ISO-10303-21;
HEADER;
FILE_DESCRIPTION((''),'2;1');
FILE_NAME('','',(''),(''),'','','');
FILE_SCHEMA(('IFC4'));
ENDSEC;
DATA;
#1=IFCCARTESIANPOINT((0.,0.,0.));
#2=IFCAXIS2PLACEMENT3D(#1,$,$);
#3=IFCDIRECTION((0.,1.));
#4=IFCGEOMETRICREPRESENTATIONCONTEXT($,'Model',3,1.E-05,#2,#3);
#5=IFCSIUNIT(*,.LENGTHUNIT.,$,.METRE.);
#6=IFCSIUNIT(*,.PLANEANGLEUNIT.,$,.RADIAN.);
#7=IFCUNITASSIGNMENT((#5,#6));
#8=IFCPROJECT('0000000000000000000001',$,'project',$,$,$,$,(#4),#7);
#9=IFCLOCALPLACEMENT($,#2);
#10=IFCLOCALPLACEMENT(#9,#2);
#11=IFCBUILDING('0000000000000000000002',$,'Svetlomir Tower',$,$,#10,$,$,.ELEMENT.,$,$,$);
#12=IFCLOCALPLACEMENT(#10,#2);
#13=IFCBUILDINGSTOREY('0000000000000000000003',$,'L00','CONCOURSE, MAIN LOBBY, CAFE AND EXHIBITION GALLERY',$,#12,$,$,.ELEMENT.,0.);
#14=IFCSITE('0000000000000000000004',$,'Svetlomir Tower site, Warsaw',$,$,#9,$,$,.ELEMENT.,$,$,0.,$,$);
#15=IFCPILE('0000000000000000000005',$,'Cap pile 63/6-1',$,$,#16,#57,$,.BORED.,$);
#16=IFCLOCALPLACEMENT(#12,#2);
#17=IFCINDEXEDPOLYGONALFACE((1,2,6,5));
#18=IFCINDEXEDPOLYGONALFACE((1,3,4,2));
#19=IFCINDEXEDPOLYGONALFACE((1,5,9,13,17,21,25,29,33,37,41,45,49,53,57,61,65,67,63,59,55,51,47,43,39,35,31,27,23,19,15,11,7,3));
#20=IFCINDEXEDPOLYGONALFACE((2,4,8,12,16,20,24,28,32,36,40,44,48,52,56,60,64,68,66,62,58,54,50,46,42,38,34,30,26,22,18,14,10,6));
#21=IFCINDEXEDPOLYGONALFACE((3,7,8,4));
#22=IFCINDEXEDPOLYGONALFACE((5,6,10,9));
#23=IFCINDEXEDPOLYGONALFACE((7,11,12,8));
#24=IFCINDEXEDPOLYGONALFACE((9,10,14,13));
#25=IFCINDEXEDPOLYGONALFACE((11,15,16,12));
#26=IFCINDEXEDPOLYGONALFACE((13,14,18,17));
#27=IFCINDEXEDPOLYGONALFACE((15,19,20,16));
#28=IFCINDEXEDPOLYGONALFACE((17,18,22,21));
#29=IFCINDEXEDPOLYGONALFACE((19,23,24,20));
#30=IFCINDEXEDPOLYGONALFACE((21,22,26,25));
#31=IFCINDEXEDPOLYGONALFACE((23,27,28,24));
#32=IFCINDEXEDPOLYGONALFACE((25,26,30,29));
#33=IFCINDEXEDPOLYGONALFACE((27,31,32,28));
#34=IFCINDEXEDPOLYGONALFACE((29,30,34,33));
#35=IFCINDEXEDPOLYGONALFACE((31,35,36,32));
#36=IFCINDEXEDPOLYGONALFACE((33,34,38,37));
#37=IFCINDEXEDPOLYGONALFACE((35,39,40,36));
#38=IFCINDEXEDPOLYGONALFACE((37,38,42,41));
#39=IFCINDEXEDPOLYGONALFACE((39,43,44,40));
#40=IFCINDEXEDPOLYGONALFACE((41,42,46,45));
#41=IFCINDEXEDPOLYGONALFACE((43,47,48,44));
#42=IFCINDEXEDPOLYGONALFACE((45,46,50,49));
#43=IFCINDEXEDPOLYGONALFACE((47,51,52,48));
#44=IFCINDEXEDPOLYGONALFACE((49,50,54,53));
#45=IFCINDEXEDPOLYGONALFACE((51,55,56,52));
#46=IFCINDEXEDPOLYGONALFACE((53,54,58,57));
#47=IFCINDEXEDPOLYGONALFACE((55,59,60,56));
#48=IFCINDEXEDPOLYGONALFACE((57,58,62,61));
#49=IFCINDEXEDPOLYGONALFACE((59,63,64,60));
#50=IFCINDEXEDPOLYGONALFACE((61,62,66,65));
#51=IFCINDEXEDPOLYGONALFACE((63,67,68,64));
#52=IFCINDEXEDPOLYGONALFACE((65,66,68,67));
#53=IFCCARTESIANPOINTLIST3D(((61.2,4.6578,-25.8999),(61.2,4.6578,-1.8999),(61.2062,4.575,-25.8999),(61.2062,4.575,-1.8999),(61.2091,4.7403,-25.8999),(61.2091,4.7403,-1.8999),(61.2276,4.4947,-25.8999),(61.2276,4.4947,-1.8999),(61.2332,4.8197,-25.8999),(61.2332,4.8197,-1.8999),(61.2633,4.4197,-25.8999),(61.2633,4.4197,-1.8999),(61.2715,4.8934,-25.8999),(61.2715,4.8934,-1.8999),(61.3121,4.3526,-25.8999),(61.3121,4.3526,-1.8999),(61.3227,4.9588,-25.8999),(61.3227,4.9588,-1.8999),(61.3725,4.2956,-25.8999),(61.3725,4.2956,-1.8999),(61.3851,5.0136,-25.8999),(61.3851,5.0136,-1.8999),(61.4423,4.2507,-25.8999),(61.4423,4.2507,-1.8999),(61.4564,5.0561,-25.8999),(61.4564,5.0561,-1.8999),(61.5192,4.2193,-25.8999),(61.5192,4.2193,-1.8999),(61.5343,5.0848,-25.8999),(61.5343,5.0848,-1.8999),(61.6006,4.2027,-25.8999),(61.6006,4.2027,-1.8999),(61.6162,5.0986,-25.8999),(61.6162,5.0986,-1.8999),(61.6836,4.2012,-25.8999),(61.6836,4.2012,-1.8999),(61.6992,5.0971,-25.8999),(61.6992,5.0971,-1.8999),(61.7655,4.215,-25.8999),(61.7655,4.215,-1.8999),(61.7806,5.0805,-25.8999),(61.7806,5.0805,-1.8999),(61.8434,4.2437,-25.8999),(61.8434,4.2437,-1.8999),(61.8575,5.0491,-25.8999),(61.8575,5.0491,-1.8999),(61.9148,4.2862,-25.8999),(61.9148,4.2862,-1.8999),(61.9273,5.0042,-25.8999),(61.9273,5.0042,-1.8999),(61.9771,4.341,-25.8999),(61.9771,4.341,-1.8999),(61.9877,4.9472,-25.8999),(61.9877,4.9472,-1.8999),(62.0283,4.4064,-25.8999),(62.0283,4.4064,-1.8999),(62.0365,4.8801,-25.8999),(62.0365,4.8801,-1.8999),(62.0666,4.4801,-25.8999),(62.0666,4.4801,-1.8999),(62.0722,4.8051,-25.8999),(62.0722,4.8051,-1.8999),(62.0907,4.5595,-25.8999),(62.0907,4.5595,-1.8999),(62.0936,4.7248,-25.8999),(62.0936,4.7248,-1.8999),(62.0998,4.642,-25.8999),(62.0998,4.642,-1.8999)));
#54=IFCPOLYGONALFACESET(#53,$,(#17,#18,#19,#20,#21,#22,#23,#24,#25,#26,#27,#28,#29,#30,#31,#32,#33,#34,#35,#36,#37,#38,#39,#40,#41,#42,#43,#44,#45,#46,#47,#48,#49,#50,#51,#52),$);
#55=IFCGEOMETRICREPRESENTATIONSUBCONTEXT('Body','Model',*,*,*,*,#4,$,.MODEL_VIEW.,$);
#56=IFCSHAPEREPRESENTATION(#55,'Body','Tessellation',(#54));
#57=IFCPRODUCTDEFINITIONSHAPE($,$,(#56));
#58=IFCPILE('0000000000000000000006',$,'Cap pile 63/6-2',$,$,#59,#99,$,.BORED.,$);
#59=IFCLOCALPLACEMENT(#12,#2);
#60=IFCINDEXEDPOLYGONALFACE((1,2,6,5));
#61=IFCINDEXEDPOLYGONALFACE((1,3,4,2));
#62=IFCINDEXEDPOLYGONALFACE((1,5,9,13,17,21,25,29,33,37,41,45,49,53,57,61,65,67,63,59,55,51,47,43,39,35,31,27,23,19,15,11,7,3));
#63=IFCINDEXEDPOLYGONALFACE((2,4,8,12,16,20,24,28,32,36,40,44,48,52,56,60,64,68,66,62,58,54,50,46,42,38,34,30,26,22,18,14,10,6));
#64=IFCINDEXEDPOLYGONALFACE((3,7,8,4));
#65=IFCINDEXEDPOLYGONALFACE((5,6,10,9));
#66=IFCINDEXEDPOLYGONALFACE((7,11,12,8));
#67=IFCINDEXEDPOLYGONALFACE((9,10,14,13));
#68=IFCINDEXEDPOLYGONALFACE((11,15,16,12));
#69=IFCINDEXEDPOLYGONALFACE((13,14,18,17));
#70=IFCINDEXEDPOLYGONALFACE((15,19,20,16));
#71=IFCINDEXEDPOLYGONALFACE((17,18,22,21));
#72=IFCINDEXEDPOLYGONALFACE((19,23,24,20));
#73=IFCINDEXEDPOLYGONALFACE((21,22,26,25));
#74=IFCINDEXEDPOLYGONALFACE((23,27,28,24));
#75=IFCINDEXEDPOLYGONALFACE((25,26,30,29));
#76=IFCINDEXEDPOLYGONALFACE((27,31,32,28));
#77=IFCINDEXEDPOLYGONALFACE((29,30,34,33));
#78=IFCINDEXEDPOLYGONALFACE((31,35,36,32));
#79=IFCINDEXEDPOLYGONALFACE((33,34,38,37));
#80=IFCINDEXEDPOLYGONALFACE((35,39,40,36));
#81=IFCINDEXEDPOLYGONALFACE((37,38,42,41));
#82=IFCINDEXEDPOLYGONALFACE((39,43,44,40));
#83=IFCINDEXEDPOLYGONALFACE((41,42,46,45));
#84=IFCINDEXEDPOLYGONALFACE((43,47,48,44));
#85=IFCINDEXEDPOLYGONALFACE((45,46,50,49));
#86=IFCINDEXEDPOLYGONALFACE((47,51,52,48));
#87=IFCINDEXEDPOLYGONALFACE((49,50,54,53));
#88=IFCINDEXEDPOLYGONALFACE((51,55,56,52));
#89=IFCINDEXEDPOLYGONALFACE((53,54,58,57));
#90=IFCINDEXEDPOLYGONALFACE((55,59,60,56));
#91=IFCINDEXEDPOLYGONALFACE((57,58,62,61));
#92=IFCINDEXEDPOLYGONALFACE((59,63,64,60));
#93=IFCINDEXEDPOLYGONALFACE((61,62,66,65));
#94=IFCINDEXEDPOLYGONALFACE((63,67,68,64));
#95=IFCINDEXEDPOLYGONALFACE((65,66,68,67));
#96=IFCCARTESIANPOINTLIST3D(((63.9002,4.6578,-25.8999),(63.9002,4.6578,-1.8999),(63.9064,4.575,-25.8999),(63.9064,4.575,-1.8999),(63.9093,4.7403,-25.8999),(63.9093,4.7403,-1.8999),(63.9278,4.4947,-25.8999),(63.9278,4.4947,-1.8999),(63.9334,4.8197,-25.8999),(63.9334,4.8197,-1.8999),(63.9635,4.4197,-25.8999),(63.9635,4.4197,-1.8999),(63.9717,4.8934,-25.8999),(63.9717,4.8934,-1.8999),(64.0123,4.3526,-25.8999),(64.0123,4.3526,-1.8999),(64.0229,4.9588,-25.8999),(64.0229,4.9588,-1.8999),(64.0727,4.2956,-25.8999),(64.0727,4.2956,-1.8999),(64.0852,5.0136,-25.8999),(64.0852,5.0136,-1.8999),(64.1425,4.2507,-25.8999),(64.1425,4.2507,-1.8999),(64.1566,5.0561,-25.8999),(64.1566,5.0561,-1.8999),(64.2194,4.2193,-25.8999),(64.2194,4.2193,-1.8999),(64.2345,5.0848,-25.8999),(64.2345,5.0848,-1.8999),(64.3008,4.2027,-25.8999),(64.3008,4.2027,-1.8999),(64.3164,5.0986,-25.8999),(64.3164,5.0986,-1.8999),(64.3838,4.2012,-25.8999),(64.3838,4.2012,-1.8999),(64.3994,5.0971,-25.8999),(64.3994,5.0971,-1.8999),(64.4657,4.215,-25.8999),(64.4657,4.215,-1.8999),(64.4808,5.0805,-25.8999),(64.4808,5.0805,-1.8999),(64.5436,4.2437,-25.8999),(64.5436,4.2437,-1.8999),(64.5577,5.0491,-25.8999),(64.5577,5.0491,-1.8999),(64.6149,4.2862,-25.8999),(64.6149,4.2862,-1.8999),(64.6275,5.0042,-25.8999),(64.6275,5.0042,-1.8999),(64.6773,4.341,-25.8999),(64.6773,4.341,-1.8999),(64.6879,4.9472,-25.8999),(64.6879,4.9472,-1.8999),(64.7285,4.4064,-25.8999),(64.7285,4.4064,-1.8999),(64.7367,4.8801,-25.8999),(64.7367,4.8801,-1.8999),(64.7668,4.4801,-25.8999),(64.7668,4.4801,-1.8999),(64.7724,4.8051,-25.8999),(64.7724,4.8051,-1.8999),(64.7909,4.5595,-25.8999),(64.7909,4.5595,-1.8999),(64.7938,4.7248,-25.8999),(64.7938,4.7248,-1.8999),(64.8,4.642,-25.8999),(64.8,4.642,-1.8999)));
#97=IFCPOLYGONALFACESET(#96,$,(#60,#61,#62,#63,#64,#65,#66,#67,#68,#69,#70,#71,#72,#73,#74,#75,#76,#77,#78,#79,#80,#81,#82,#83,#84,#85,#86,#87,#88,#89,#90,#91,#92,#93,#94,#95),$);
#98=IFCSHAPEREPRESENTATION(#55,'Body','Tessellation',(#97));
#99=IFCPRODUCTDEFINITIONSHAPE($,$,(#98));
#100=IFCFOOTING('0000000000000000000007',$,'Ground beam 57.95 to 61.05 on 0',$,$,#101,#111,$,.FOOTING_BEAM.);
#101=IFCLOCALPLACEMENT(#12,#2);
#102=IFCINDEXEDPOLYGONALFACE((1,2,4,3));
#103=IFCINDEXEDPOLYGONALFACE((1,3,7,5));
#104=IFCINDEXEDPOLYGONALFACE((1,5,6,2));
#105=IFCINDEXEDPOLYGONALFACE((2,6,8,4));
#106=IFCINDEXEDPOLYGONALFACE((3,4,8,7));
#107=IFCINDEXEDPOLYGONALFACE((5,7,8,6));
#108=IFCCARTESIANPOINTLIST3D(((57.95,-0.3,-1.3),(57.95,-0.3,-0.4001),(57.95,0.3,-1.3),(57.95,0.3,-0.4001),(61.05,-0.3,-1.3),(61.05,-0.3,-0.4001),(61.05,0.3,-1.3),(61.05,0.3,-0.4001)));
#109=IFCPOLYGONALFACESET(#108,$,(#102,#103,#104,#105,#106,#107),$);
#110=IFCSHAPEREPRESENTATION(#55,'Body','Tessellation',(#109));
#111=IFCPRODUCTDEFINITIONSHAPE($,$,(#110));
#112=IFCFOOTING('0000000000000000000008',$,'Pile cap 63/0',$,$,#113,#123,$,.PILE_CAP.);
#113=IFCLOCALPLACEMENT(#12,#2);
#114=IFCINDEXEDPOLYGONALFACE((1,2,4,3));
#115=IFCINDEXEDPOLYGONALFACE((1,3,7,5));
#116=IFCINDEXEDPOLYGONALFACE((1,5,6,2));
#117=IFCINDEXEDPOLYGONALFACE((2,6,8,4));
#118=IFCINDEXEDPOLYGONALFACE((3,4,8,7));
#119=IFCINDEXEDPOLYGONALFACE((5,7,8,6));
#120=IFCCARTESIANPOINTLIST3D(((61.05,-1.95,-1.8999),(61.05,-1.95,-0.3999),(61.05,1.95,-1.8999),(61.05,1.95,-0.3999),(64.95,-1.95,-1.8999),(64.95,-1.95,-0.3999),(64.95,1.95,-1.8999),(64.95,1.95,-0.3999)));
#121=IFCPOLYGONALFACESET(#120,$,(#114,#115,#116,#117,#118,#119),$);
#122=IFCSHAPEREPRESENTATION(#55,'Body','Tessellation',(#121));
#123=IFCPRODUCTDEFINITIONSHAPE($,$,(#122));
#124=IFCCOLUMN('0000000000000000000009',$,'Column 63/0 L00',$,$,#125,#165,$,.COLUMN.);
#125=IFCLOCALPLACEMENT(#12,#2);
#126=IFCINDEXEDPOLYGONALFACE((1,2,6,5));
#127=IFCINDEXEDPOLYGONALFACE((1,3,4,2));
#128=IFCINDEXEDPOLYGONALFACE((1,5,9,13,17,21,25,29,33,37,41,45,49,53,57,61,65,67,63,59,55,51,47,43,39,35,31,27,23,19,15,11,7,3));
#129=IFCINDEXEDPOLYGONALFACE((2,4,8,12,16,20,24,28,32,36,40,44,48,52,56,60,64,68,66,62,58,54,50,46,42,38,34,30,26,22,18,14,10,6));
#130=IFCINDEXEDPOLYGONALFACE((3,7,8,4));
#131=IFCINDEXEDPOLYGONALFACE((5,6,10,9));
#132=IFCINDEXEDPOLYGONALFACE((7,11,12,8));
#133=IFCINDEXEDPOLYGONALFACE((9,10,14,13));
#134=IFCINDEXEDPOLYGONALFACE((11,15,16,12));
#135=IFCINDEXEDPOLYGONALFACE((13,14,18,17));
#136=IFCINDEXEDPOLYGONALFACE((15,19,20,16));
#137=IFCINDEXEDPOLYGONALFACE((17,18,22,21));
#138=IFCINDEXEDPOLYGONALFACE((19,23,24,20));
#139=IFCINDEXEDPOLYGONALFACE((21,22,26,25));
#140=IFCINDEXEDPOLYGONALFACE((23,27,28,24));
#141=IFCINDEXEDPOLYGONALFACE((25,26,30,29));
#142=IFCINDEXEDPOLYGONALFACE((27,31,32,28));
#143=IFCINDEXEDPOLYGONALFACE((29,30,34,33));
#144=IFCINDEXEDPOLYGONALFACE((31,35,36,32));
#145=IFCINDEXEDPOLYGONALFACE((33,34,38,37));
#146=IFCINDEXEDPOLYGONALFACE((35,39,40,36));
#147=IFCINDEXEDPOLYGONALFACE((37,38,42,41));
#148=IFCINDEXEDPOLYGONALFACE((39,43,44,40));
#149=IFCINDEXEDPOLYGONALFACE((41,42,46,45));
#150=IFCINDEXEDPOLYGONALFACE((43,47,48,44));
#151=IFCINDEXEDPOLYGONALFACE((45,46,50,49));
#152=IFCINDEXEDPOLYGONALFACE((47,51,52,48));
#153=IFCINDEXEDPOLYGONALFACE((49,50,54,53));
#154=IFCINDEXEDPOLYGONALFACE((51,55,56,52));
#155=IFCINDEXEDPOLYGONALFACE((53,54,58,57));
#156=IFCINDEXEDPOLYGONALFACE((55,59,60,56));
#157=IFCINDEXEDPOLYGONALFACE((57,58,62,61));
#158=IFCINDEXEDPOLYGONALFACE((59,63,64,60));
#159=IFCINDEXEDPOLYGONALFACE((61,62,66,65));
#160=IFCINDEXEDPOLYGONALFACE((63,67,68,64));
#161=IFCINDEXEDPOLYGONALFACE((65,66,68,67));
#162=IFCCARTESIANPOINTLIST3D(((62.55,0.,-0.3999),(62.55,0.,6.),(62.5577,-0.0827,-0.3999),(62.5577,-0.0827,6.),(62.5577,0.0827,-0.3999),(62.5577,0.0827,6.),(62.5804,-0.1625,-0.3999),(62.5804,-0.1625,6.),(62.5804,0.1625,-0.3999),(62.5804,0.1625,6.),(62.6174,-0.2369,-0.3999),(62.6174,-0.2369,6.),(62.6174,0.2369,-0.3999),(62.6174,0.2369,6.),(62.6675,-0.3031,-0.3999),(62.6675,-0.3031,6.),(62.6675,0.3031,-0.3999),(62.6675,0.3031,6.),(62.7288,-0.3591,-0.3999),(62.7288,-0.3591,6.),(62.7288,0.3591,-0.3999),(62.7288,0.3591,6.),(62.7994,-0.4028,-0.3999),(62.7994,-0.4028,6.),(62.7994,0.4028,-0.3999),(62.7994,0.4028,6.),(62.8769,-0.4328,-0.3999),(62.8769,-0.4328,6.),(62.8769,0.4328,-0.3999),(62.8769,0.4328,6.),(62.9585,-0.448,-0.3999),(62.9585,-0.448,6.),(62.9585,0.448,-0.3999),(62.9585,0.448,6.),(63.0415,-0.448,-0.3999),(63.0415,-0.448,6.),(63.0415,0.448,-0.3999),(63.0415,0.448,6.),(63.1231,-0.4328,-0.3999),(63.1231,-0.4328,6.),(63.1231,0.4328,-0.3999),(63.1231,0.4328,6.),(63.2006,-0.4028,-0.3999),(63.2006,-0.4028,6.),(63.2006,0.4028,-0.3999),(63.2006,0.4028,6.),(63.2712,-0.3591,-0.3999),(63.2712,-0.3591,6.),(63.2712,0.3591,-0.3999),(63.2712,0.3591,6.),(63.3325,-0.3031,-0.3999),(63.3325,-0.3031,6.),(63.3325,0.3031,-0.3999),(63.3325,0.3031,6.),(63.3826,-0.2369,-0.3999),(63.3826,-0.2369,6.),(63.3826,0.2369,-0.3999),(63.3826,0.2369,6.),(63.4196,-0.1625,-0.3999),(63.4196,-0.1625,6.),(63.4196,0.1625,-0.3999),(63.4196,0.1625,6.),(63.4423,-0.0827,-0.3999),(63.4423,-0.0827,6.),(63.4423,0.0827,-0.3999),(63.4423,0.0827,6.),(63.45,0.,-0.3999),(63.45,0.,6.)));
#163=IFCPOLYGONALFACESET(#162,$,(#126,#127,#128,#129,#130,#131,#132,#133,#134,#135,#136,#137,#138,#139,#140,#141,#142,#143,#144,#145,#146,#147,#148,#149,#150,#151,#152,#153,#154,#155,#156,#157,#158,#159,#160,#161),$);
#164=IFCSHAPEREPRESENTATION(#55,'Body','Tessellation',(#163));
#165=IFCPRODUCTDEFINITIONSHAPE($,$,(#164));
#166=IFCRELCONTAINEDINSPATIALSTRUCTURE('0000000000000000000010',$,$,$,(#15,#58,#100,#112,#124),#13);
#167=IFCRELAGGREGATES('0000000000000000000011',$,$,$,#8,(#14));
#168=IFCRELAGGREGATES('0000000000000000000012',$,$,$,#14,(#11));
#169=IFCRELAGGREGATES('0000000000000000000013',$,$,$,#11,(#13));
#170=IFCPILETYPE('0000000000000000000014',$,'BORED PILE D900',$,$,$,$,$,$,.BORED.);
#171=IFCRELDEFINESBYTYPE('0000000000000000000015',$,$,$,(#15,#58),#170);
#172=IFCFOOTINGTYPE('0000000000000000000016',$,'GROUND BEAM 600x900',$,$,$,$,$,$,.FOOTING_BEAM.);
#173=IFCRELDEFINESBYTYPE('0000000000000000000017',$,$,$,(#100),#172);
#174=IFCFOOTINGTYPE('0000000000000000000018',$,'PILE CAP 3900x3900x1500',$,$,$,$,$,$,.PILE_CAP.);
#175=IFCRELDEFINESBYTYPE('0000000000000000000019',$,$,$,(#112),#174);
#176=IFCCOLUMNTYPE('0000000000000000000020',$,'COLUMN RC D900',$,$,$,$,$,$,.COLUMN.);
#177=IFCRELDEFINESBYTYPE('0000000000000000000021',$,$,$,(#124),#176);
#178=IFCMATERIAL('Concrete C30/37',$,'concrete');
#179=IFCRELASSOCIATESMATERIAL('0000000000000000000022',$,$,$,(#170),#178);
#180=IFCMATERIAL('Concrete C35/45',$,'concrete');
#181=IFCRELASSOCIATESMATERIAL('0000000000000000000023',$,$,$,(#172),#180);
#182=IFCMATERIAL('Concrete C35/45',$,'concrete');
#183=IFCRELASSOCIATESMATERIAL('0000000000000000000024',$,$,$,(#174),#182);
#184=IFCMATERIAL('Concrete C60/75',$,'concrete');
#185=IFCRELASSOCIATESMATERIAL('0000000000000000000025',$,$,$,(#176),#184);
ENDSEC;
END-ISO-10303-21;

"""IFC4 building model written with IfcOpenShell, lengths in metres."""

from ifc_helpers import new_model, si_unit, direction, frame, frame_2d, origin, origin_2d, place, context, subcontext, project, spatial, rectangle, circle, extrude, material, material_profile, profile_set, type_object, element, save


model = new_model("IFC4")

# Units and contexts
model_context = context("Model", 3, precision=1e-05, world=origin(), true_north=direction((0.0, 1.0)))
body_context = subcontext(model_context, "Body", "Model", "MODEL_VIEW")
ifc_project = project(units=[si_unit("LENGTHUNIT", "METRE"), si_unit("PLANEANGLEUNIT", "RADIAN")], contexts=[model_context])

# Site, building, storey
site_placement = place(None, origin())
site = spatial("IfcSite", under=ifc_project, at=site_placement, Name="Svetlomir Tower site, Warsaw", CompositionType="ELEMENT", RefElevation=0.0)
building_placement = place(site_placement, origin())
building = spatial("IfcBuilding", under=site, at=building_placement, Name="Svetlomir Tower", CompositionType="ELEMENT")
storey_placement = place(building_placement, origin())
storey = spatial("IfcBuildingStorey", under=building, at=storey_placement, Name="L00", Description="CONCOURSE, MAIN LOBBY, CAFE AND EXHIBITION GALLERY", CompositionType="ELEMENT", Elevation=0.0)

# Piles
ifc_material_1 = material(Name="Concrete C30/37", Category="concrete")
ifc_material_profile_1 = material_profile(ifc_material_1, circle(Radius=0.45, at=origin_2d()), Name="RC D900")
ifc_profile_set_1 = profile_set([ifc_material_profile_1], Name="Concrete C30/37")
pile_type = type_object("IfcPileType", Name="BORED PILE D900", PredefinedType="BORED", material=ifc_profile_set_1)
for number, where, z_axis, x_axis, name in (
    (1, (61.6499, 4.6499, -1.8999), (0.0, 0.0, -1.0), (1.0, 0.0, 0.0), "Cap pile 63/6-1"),
    (2, (64.3501, 4.6499, -1.8999), (0.0, 0.0, -1.0), (1.0, 0.0, 0.0), "Cap pile 63/6-2"),
):
    element("IfcPile", number, at=place(storey_placement, frame(where, z_axis=z_axis, x_axis=x_axis)), inside=storey, type_object=pile_type, Name=name, PredefinedType="BORED", context=body_context, shape_type="SweptSolid", body=[
        extrude(circle(Radius=0.45, at=frame_2d((0.0, 0.0), x_axis=(0.999848, 0.017452))), origin(), (0.0, 0.0, 1.0), 24.0),
    ])

# Footings
ifc_material_2 = material(Name="Concrete C35/45", Category="concrete")
footing_type_1 = type_object("IfcFootingType", Name="GROUND BEAM 600x900", PredefinedType="FOOTING_BEAM", material=ifc_material_2)
footing_1_placement = place(storey_placement, frame((59.5, 0.0, -1.3), z_axis=(0.0, 0.0, 1.0), x_axis=(1.0, 0.0, 0.0)))
element("IfcFooting", 3, at=footing_1_placement, inside=storey, type_object=footing_type_1, Name="Ground beam 57.95 to 61.05 on 0", PredefinedType="FOOTING_BEAM", context=body_context, shape_type="SweptSolid", body=[
    extrude(rectangle(XDim=3.1001, YDim=0.6001, at=origin_2d()), origin(), (0.0, 0.0, 1.0), 0.8999),
])
ifc_material_3 = material(Name="Concrete C35/45", Category="concrete")
footing_type_2 = type_object("IfcFootingType", Name="PILE CAP 3900x3900x1500", PredefinedType="PILE_CAP", material=ifc_material_3)
footing_2_placement = place(storey_placement, frame((63.0, 0.0, -1.8999), z_axis=(0.0, 0.0, 1.0), x_axis=(1.0, 0.0, 0.0)))
element("IfcFooting", 4, at=footing_2_placement, inside=storey, type_object=footing_type_2, Name="Pile cap 63/0", PredefinedType="PILE_CAP", context=body_context, shape_type="SweptSolid", body=[
    extrude(rectangle(XDim=3.8999, YDim=3.8999, at=origin_2d()), origin(), (0.0, 0.0, 1.0), 1.5),
])

# Column
ifc_material_4 = material(Name="Concrete C60/75", Category="concrete")
ifc_material_profile_2 = material_profile(ifc_material_4, circle(Radius=0.45, at=origin_2d()), Name="RC D900")
ifc_profile_set_2 = profile_set([ifc_material_profile_2], Name="Concrete C60/75")
column_type = type_object("IfcColumnType", Name="COLUMN RC D900", PredefinedType="COLUMN", material=ifc_profile_set_2)
column_placement = place(storey_placement, frame((63.0, 0.0, -0.3999), z_axis=(0.0, 0.0, 1.0), x_axis=(1.0, 0.0, 0.0)))
element("IfcColumn", 5, at=column_placement, inside=storey, type_object=column_type, Name="Column 63/0 L00", PredefinedType="COLUMN", context=body_context, shape_type="SweptSolid", body=[
    extrude(circle(Radius=0.45, at=origin_2d()), origin(), (0.0, 0.0, 1.0), 6.3999),
])

save(model, "model.ifc")
